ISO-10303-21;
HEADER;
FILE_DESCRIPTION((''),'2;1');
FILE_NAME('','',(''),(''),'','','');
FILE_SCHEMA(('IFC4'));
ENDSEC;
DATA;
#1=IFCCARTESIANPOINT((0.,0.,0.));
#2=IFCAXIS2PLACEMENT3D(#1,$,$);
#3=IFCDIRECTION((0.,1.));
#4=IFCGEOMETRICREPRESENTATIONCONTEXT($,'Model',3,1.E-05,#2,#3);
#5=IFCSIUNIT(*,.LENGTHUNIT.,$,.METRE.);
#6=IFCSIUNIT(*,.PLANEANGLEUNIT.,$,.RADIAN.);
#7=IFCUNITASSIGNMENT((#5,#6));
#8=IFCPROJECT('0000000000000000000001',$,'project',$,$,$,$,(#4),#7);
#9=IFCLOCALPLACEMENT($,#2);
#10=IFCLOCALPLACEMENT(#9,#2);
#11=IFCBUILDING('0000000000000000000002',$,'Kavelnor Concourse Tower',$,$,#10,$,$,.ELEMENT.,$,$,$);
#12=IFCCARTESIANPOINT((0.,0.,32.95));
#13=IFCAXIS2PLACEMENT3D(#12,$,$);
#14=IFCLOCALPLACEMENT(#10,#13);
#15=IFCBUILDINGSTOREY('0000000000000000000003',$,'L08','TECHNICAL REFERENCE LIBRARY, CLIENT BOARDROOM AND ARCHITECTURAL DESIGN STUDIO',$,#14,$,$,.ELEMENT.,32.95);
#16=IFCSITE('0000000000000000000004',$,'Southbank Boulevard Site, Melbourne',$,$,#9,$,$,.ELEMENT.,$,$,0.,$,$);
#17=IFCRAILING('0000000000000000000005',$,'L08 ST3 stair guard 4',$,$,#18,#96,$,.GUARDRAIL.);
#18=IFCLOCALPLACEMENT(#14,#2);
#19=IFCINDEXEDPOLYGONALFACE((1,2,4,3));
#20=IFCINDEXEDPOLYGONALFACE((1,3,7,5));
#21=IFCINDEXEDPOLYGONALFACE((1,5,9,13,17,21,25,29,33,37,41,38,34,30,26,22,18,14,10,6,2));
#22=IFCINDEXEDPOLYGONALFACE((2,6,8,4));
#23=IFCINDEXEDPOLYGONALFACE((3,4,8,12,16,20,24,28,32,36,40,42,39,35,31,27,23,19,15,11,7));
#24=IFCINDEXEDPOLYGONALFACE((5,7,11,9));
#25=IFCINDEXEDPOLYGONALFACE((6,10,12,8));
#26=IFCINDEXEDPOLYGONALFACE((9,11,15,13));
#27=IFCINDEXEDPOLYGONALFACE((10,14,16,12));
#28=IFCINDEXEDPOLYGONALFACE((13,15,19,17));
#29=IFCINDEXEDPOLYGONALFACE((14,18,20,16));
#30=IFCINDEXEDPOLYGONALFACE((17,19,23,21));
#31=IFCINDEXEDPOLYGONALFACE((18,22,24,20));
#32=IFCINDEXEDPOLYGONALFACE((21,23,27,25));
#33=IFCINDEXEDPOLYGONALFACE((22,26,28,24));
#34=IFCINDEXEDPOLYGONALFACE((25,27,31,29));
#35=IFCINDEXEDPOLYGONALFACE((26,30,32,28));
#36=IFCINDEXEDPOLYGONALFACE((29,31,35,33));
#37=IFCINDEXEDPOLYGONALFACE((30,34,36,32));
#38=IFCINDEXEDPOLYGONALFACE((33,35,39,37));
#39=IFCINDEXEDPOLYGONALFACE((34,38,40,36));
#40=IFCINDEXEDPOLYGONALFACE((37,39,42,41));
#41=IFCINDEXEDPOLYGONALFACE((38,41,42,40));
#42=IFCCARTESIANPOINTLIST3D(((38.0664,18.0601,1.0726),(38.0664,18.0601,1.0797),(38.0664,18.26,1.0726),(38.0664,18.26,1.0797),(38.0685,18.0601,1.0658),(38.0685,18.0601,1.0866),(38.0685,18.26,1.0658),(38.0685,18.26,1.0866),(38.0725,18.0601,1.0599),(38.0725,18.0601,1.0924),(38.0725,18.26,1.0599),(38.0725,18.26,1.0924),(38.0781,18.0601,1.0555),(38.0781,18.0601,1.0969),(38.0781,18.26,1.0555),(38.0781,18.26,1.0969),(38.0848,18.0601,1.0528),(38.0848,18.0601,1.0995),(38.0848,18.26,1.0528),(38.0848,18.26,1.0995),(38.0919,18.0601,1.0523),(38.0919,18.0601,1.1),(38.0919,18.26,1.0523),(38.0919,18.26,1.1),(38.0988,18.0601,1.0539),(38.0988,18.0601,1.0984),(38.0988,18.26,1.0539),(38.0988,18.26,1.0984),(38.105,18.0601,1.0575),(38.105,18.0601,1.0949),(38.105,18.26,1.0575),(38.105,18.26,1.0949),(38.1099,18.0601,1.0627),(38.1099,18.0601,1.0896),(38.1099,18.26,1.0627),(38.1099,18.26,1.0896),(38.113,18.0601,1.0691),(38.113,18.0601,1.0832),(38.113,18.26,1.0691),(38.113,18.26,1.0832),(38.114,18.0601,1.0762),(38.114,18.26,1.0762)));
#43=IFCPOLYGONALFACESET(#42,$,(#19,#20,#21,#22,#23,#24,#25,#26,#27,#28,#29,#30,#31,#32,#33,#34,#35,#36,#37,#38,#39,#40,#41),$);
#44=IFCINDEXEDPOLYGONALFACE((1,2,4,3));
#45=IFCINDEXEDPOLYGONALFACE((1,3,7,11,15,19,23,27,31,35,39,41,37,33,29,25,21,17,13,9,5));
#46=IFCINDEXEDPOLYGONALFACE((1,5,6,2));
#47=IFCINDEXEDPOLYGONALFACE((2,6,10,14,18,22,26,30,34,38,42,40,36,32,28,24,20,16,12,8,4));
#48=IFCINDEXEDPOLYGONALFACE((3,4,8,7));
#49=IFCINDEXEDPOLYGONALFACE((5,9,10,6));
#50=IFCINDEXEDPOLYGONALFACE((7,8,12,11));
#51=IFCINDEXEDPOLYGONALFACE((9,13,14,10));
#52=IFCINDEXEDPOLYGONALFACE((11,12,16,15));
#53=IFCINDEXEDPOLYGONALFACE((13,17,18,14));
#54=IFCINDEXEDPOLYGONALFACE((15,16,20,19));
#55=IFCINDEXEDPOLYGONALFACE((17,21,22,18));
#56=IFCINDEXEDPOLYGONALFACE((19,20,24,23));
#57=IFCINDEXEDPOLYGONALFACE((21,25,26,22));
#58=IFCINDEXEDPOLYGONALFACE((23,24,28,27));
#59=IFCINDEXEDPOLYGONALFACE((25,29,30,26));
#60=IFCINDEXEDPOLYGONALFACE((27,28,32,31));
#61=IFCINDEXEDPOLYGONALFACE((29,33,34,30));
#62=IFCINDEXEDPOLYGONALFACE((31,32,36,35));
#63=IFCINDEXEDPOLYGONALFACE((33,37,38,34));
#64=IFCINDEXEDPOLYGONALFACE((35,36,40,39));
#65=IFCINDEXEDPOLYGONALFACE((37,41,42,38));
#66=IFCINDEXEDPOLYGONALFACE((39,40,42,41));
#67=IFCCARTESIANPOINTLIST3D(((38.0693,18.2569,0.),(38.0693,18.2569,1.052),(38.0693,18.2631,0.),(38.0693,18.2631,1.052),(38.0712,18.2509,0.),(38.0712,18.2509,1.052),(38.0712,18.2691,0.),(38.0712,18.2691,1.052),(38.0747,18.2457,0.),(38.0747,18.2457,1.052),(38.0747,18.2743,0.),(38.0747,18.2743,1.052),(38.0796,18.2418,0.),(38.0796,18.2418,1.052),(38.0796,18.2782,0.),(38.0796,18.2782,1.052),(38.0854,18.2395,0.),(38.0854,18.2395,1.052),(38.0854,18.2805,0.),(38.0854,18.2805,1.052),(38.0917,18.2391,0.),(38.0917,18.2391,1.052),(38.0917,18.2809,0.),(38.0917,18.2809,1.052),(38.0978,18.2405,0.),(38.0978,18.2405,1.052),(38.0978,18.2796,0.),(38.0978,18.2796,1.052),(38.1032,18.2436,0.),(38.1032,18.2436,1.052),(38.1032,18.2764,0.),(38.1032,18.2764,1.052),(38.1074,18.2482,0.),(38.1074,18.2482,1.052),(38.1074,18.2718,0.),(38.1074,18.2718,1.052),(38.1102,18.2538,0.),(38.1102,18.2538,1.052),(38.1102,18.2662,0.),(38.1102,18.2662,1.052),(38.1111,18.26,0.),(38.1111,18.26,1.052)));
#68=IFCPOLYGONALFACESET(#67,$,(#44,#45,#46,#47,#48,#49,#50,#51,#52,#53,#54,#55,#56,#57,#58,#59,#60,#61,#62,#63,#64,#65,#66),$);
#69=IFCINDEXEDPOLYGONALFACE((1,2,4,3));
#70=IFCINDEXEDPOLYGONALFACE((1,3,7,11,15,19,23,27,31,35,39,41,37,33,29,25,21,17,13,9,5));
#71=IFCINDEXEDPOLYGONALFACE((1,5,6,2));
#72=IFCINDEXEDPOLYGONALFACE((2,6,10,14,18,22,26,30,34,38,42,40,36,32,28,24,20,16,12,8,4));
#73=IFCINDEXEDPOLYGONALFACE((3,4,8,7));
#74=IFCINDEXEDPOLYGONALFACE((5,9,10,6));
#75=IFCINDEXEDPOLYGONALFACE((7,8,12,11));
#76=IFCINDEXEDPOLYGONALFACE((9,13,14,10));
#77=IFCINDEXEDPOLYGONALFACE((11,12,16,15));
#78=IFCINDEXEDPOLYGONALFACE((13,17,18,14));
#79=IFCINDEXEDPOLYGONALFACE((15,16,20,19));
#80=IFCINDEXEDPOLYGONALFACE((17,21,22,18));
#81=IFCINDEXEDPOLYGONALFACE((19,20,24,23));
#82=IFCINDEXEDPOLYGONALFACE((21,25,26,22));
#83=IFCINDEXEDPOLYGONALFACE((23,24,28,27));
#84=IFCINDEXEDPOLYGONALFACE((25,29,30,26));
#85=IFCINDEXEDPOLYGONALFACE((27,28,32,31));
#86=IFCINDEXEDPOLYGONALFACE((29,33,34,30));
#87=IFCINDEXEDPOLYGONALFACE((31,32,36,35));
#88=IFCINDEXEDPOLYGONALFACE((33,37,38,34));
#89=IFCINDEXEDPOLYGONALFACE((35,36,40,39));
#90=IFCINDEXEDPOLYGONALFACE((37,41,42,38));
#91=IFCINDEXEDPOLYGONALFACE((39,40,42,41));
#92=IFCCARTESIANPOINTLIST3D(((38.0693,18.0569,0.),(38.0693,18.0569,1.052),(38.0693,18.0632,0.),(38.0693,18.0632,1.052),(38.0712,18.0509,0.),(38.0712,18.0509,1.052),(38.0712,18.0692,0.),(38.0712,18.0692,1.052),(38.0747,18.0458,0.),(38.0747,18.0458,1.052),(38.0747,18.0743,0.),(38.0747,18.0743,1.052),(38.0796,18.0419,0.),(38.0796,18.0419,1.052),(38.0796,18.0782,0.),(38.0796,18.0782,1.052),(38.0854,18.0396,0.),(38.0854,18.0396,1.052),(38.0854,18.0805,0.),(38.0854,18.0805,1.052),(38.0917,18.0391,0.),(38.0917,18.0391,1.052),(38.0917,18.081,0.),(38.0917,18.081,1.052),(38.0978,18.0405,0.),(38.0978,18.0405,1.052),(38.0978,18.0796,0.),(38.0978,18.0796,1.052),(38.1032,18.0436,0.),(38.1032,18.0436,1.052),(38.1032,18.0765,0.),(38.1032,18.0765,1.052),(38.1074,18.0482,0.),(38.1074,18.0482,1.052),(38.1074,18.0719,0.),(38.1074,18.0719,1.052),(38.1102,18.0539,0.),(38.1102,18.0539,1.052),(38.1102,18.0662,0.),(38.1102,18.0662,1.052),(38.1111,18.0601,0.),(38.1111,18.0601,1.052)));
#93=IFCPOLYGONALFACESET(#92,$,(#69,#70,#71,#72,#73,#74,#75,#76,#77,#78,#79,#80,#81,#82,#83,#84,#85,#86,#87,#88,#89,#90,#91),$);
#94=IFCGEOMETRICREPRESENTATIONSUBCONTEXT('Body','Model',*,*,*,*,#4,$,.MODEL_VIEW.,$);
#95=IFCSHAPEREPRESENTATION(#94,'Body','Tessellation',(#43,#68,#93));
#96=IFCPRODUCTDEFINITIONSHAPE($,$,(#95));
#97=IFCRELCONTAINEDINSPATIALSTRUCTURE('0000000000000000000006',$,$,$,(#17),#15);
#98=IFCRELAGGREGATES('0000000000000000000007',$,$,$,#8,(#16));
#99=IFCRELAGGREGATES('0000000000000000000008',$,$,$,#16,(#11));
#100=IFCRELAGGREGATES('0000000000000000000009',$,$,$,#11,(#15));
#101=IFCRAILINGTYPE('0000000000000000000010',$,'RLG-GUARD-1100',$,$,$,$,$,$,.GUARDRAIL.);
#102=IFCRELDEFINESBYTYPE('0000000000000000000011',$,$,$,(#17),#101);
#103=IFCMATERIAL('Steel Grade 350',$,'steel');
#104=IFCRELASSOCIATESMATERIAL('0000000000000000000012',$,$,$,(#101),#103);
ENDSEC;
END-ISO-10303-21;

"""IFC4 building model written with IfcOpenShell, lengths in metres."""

from ifc_helpers import new_model, si_unit, direction, frame, origin, origin_2d, place, context, subcontext, project, spatial, circle, extrude, material, type_object, element, save


model = new_model("IFC4")

# Units and contexts
model_context = context("Model", 3, precision=1e-05, world=origin(), true_north=direction((0.0, 1.0)))
body_context = subcontext(model_context, "Body", "Model", "MODEL_VIEW")
ifc_project = project(units=[si_unit("LENGTHUNIT", "METRE"), si_unit("PLANEANGLEUNIT", "RADIAN")], contexts=[model_context])

# Site, building, storey
site_placement = place(None, origin())
site = spatial("IfcSite", under=ifc_project, at=site_placement, Name="Southbank Boulevard Site, Melbourne", CompositionType="ELEMENT", RefElevation=0.0)
building_placement = place(site_placement, origin())
building = spatial("IfcBuilding", under=site, at=building_placement, Name="Kavelnor Concourse Tower", CompositionType="ELEMENT")
storey_placement = place(building_placement, frame((0.0, 0.0, 32.95)))
storey = spatial("IfcBuildingStorey", under=building, at=storey_placement, Name="L08", Description="TECHNICAL REFERENCE LIBRARY, CLIENT BOARDROOM AND ARCHITECTURAL DESIGN STUDIO", CompositionType="ELEMENT", Elevation=32.95)

# Shared definitions
ifc_material_1 = material(Name="Steel Grade 350", Category="steel")

# Railing
railing_type_1 = type_object("IfcRailingType", Name="RLG-GUARD-1100", PredefinedType="GUARDRAIL", material=ifc_material_1)
railing_1_placement = place(storey_placement, frame((38.0901, 18.26, 0.0)))
element("IfcRailing", 1, at=railing_1_placement, inside=storey, type_object=railing_type_1, Name="L08 ST3 stair guard 4", PredefinedType="GUARDRAIL", context=body_context, shape_type="SweptSolid", body=[
    extrude(circle(Radius=0.0239, at=origin_2d()), frame((0.0, 0.0, 1.0762), z_axis=(0.0, -1.0, 0.0), x_axis=(1.0, 0.0, 0.0)), (0.0, 0.0, 1.0), 0.2),
    extrude(circle(Radius=0.021, at=origin_2d()), origin(), (0.0, 0.0, 1.0), 1.052),
    extrude(circle(Radius=0.021, at=origin_2d()), frame((0.0, -0.2, 0.0)), (0.0, 0.0, 1.0), 1.052),
])

save(model, "model.ifc")
